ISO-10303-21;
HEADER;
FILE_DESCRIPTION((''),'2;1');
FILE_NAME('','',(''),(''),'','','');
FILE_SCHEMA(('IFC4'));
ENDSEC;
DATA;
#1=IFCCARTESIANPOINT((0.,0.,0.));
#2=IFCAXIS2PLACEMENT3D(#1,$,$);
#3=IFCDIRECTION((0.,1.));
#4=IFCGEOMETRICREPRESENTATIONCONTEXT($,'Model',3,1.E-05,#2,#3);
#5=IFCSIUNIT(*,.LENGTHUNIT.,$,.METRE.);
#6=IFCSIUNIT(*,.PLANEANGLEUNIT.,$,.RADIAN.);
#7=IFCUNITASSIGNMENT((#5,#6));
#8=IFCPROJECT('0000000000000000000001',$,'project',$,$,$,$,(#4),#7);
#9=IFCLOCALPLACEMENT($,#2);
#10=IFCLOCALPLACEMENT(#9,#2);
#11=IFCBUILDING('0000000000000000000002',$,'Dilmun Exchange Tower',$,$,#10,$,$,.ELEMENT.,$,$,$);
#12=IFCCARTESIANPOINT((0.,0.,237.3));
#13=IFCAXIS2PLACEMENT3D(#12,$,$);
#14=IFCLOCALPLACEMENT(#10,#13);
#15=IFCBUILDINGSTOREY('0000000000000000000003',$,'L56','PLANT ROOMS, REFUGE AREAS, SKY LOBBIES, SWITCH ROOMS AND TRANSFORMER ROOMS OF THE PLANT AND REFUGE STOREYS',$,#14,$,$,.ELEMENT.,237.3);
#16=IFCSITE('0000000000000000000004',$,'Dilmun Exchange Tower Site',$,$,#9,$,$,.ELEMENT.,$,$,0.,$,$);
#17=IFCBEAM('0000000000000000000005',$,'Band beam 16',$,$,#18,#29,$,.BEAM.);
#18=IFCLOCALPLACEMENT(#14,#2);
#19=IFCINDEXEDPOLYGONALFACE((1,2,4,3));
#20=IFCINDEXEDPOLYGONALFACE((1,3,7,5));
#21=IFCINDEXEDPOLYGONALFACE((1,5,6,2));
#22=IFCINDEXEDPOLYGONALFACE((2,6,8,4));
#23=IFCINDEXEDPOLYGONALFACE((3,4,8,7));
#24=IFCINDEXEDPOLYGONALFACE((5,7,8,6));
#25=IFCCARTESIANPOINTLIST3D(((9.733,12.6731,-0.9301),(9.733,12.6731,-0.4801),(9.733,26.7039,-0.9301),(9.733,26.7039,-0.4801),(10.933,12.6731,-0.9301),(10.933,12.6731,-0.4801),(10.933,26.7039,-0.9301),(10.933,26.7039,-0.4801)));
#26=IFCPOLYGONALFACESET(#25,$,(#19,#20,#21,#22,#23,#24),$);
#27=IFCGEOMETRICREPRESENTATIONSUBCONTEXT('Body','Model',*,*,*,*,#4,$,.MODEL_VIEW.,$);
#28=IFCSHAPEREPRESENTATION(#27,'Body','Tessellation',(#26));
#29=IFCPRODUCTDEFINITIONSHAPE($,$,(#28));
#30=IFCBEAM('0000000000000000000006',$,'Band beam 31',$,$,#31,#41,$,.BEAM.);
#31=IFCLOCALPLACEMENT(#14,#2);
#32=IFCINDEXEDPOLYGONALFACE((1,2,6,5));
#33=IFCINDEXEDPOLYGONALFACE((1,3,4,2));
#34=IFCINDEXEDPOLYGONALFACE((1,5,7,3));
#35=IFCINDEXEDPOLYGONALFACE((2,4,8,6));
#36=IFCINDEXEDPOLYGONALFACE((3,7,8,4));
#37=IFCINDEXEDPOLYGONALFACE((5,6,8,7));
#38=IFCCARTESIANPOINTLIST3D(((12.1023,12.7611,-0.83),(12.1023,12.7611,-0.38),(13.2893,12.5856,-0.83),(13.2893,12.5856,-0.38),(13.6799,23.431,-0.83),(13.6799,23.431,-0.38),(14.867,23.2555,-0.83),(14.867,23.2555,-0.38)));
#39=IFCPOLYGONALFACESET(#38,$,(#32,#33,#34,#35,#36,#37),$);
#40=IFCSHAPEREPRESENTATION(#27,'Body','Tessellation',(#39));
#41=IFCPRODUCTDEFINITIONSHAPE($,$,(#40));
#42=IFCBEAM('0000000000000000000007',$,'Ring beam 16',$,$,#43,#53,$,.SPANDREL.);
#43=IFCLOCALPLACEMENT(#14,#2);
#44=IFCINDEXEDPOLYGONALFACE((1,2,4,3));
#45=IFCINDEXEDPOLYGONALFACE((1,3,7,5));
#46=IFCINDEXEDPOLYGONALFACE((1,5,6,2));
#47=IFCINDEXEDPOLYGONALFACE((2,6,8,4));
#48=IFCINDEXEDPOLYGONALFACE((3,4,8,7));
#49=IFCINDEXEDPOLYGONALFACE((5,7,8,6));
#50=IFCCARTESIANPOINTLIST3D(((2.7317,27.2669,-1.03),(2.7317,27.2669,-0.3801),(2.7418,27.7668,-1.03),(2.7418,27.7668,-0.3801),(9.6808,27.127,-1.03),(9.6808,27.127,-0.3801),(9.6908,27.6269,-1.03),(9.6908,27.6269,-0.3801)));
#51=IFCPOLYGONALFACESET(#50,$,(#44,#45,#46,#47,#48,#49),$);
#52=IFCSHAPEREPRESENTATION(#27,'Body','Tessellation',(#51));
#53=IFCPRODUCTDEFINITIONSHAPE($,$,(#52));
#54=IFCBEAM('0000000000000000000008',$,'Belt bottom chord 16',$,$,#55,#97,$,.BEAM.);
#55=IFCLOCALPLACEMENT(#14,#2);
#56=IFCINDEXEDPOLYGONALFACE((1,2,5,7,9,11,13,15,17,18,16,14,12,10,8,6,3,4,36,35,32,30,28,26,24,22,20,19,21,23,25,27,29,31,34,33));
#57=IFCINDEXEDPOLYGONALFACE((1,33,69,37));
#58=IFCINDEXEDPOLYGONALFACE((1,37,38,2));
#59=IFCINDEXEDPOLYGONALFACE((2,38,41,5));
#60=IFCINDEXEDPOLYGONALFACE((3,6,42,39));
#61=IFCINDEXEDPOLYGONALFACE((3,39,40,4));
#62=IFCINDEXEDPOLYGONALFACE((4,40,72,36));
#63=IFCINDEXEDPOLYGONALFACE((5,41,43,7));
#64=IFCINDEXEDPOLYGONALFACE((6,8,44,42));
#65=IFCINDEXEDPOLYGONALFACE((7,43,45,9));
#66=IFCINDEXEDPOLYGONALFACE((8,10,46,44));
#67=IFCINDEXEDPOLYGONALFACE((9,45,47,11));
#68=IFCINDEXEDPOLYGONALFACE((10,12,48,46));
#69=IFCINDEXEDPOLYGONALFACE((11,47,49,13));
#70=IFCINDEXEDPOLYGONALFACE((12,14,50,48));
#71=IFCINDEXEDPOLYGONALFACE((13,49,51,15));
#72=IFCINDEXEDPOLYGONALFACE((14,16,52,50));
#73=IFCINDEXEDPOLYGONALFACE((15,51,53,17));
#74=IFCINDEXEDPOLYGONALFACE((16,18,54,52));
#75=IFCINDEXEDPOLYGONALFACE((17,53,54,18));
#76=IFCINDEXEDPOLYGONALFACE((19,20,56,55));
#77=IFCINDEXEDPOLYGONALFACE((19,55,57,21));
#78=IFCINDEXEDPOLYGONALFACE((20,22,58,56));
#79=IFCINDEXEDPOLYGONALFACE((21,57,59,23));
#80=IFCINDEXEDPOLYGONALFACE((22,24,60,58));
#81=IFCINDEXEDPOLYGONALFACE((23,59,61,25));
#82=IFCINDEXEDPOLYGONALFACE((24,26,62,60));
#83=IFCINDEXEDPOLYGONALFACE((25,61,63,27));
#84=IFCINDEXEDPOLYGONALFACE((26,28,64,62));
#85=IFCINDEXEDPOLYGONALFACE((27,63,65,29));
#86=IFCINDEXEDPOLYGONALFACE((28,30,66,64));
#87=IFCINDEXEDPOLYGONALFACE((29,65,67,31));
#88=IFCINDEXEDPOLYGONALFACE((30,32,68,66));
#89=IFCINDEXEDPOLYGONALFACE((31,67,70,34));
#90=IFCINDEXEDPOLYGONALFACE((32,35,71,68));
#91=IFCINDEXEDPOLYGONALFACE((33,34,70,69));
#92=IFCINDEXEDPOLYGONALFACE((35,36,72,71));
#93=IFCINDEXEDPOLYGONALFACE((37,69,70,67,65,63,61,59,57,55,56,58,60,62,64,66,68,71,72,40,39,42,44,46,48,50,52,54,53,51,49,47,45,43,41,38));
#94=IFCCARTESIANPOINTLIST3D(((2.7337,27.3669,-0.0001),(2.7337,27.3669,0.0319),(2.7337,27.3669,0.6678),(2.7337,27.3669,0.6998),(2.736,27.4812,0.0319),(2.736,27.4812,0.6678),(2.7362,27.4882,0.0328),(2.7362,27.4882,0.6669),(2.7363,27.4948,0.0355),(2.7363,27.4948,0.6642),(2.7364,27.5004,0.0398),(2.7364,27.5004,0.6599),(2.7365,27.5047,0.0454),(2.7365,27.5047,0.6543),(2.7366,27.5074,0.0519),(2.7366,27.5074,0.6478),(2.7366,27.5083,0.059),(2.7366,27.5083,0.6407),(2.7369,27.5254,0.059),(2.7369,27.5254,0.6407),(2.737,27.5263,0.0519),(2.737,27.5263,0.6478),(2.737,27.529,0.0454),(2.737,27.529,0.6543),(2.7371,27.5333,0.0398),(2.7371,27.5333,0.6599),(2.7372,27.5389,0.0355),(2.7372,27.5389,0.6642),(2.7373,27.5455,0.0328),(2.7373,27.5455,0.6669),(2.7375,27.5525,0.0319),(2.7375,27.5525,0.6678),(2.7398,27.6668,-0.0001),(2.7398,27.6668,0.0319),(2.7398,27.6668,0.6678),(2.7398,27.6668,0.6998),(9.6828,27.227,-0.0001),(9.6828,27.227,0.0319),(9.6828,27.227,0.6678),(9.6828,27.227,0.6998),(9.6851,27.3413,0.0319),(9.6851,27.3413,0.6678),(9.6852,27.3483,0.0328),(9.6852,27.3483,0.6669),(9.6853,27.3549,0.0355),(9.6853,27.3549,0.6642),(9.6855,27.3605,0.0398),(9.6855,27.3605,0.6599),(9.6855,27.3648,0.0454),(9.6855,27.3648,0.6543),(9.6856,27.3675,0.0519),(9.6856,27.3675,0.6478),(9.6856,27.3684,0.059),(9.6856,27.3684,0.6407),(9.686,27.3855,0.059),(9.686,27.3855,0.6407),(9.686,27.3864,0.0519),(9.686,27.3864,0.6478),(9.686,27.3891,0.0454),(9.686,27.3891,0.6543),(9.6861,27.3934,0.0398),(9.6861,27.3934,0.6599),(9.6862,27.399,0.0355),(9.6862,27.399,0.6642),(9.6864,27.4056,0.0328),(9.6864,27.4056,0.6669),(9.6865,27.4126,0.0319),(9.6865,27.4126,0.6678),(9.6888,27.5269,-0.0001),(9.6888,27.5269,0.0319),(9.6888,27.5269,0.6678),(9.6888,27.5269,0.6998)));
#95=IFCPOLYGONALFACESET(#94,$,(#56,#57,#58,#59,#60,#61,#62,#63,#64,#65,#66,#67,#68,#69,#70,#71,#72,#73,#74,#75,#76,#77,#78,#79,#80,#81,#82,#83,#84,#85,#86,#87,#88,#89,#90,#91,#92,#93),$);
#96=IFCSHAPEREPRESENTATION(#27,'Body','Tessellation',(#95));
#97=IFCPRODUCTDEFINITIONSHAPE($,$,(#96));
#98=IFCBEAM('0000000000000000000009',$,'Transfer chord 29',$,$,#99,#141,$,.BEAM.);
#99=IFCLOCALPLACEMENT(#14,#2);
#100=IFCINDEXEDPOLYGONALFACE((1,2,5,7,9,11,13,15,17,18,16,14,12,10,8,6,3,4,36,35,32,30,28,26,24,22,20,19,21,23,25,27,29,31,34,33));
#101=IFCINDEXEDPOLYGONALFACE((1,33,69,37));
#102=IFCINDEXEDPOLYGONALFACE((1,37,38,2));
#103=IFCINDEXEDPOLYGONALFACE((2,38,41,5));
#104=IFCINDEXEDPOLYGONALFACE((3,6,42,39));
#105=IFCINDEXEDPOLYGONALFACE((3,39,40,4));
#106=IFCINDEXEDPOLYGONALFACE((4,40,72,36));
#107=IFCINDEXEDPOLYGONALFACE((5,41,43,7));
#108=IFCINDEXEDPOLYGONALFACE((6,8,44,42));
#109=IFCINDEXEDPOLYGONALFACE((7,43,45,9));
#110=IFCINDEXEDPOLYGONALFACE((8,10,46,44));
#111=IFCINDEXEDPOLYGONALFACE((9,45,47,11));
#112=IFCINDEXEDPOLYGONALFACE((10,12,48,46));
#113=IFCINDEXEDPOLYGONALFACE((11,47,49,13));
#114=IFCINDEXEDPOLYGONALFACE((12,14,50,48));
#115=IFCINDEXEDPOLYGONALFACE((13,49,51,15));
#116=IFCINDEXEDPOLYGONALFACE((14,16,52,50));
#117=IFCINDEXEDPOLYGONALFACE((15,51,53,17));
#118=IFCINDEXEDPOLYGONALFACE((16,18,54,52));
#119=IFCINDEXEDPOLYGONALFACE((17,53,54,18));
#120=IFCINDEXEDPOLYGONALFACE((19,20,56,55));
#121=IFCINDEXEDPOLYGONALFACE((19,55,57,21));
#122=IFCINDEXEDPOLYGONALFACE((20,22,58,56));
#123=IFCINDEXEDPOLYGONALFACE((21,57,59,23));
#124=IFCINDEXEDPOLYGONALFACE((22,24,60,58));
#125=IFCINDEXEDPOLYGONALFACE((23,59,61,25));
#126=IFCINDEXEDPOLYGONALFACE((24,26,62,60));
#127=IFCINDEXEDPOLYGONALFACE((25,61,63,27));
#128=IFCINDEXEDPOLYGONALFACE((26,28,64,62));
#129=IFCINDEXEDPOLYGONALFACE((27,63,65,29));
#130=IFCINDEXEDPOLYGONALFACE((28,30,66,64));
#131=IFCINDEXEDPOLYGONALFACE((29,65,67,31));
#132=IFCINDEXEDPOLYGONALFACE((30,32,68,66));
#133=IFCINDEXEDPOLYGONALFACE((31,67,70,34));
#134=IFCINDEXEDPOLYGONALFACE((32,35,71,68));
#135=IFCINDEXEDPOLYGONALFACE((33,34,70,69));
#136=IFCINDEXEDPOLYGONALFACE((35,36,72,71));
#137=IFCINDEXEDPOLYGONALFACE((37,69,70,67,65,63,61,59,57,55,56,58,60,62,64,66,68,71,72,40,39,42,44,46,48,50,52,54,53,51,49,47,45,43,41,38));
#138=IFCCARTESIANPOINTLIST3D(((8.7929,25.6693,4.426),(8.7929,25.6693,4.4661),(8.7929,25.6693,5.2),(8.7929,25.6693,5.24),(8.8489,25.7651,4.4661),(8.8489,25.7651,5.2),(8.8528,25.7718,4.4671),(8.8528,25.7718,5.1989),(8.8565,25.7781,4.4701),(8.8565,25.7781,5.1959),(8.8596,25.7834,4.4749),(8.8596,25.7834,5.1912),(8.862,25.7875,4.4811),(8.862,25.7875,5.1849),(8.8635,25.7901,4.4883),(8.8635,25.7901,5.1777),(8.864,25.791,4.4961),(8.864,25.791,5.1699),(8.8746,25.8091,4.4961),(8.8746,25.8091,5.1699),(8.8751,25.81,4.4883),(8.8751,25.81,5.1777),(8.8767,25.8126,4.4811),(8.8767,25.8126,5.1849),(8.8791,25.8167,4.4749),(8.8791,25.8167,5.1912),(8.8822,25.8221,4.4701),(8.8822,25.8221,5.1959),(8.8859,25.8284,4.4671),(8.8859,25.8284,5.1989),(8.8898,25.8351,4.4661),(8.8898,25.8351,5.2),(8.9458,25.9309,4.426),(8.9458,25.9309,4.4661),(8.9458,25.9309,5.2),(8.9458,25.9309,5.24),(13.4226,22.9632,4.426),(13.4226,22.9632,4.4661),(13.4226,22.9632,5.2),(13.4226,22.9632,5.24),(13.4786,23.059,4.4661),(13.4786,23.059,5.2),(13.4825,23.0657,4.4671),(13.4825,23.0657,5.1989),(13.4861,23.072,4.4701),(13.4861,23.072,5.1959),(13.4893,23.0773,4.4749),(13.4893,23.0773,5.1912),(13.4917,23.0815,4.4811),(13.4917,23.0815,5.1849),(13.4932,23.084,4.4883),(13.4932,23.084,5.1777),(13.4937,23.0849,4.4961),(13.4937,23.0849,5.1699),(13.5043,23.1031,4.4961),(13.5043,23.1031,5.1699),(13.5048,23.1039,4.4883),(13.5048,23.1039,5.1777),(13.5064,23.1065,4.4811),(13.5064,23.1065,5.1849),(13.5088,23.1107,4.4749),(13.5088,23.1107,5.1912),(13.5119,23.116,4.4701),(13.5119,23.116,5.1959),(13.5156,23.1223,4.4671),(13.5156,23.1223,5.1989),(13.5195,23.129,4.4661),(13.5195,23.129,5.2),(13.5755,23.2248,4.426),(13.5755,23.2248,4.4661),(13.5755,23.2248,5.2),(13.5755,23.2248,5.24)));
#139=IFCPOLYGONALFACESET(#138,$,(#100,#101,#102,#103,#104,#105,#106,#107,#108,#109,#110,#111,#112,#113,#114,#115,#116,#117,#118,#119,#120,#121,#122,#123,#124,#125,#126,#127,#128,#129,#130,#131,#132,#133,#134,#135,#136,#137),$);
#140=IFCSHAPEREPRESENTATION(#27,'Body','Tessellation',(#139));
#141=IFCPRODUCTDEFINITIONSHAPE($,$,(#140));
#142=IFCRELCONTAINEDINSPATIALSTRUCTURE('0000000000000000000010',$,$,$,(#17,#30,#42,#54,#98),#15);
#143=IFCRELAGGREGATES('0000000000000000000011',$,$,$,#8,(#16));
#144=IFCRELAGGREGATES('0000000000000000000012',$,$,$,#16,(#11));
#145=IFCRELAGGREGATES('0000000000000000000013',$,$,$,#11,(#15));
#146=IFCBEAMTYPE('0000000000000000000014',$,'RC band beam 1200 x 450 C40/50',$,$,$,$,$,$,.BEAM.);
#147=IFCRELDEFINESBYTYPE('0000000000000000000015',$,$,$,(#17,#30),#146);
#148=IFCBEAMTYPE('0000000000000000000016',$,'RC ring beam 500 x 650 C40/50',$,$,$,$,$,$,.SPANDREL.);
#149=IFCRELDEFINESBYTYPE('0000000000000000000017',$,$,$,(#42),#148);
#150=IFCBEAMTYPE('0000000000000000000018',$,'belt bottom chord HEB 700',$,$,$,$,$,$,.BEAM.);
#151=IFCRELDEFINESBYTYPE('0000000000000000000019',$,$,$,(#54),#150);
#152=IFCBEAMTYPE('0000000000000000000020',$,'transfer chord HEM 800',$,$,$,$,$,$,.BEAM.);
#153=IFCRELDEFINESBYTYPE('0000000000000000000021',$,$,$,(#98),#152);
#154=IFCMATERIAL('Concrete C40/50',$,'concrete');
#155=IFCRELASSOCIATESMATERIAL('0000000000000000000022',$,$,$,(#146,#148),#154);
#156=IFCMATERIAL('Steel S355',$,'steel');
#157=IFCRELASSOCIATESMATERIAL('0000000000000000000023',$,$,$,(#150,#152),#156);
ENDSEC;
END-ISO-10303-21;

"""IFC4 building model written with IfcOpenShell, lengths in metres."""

from ifc_helpers import new_model, si_unit, direction, frame, origin, origin_2d, place, context, subcontext, project, spatial, rectangle, i_section, extrude, material, material_profile, profile_set, type_object, element, save


model = new_model("IFC4")

# Units and contexts
model_context = context("Model", 3, precision=1e-05, world=origin(), true_north=direction((0.0, 1.0)))
body_context = subcontext(model_context, "Body", "Model", "MODEL_VIEW")
ifc_project = project(units=[si_unit("LENGTHUNIT", "METRE"), si_unit("PLANEANGLEUNIT", "RADIAN")], contexts=[model_context])

# Site, building, storey
site_placement = place(None, origin())
site = spatial("IfcSite", under=ifc_project, at=site_placement, Name="Dilmun Exchange Tower Site", CompositionType="ELEMENT", RefElevation=0.0)
building_placement = place(site_placement, origin())
building = spatial("IfcBuilding", under=site, at=building_placement, Name="Dilmun Exchange Tower", CompositionType="ELEMENT")
storey_placement = place(building_placement, frame((0.0, 0.0, 237.3)))
storey = spatial("IfcBuildingStorey", under=building, at=storey_placement, Name="L56", Description="PLANT ROOMS, REFUGE AREAS, SKY LOBBIES, SWITCH ROOMS AND TRANSFORMER ROOMS OF THE PLANT AND REFUGE STOREYS", CompositionType="ELEMENT", Elevation=237.3)

# Beams
ifc_material_1 = material(Name="Concrete C40/50", Category="concrete")
ifc_material_profile_1 = material_profile(ifc_material_1, rectangle(XDim=1.2, YDim=0.45, at=origin_2d()), Name="1200 x 450")
ifc_profile_set_1 = profile_set([ifc_material_profile_1], Name="Concrete C40/50")
beam_type_1 = type_object("IfcBeamType", Name="RC band beam 1200 x 450 C40/50", PredefinedType="BEAM", material=ifc_profile_set_1)
beam_1_placement = place(storey_placement, frame((10.333, 26.7039, -0.7051), z_axis=(0.0, -1.0, 0.0), x_axis=(1.0, 0.0, 0.0)))
element("IfcBeam", 1, at=beam_1_placement, inside=storey, type_object=beam_type_1, Name="Band beam 16", PredefinedType="BEAM", context=body_context, shape_type="SweptSolid", body=[
    extrude(rectangle(XDim=1.2, YDim=0.45, at=origin_2d()), origin(), (0.0, 0.0, 1.0), 14.0308),
])
beam_2_placement = place(storey_placement, frame((14.2734, 23.3433, -0.605), z_axis=(-0.146268, -0.989245, 0.0), x_axis=(0.989245, -0.146268, 0.0)))
element("IfcBeam", 2, at=beam_2_placement, inside=storey, type_object=beam_type_1, Name="Band beam 31", PredefinedType="BEAM", context=body_context, shape_type="SweptSolid", body=[
    extrude(rectangle(XDim=1.2, YDim=0.45, at=origin_2d()), origin(), (0.0, 0.0, 1.0), 10.7859),
])
ifc_material_profile_2 = material_profile(ifc_material_1, rectangle(XDim=0.5, YDim=0.6499, at=origin_2d()), Name="500 x 650")
ifc_profile_set_2 = profile_set([ifc_material_profile_2], Name="Concrete C40/50")
beam_type_2 = type_object("IfcBeamType", Name="RC ring beam 500 x 650 C40/50", PredefinedType="SPANDREL", material=ifc_profile_set_2)
beam_3_placement = place(storey_placement, frame((9.6858, 27.377, -0.7051), z_axis=(-0.999797, 0.020127, 0.0), x_axis=(-0.020127, -0.999797, 0.0)))
element("IfcBeam", 3, at=beam_3_placement, inside=storey, type_object=beam_type_2, Name="Ring beam 16", PredefinedType="SPANDREL", context=body_context, shape_type="SweptSolid", body=[
    extrude(rectangle(XDim=0.5, YDim=0.6499, at=origin_2d()), origin(), (0.0, 0.0, 1.0), 6.9504),
])
ifc_material_2 = material(Name="Steel S355", Category="steel")
ifc_material_profile_3 = material_profile(ifc_material_2, i_section(OverallWidth=0.3, OverallDepth=0.7, WebThickness=0.0171, FlangeThickness=0.032, FilletRadius=0.0271, at=origin_2d()), Name="HEB 700")
ifc_profile_set_3 = profile_set([ifc_material_profile_3], Name="Steel S355")
beam_type_3 = type_object("IfcBeamType", Name="belt bottom chord HEB 700", PredefinedType="BEAM", material=ifc_profile_set_3)
beam_4_placement = place(storey_placement, frame((9.6858, 27.377, 0.3499), z_axis=(-0.999797, 0.020127, 0.0), x_axis=(-0.020127, -0.999797, 0.0)))
element("IfcBeam", 4, at=beam_4_placement, inside=storey, type_object=beam_type_3, Name="Belt bottom chord 16", PredefinedType="BEAM", context=body_context, shape_type="SweptSolid", body=[
    extrude(i_section(OverallWidth=0.3, OverallDepth=0.7, WebThickness=0.0171, FlangeThickness=0.032, FilletRadius=0.0271, at=origin_2d()), origin(), (0.0, 0.0, 1.0), 6.9504),
])
ifc_material_profile_4 = material_profile(ifc_material_2, i_section(OverallWidth=0.303, OverallDepth=0.814, WebThickness=0.021, FlangeThickness=0.04, FilletRadius=0.03, at=origin_2d()), Name="HEM 800")
ifc_profile_set_4 = profile_set([ifc_material_profile_4], Name="Steel S355")
beam_type_4 = type_object("IfcBeamType", Name="transfer chord HEM 800", PredefinedType="BEAM", material=ifc_profile_set_4)
beam_5_placement = place(storey_placement, frame((13.499, 23.094, 4.833), z_axis=(-0.863338, 0.504627, 0.0), x_axis=(-0.504627, -0.863338, 0.0)))
element("IfcBeam", 5, at=beam_5_placement, inside=storey, type_object=beam_type_4, Name="Transfer chord 29", PredefinedType="BEAM", context=body_context, shape_type="SweptSolid", body=[
    extrude(i_section(OverallWidth=0.303, OverallDepth=0.814, WebThickness=0.021, FlangeThickness=0.04, FilletRadius=0.03, at=origin_2d()), origin(), (0.0, 0.0, 1.0), 5.3625),
])

save(model, "model.ifc")
